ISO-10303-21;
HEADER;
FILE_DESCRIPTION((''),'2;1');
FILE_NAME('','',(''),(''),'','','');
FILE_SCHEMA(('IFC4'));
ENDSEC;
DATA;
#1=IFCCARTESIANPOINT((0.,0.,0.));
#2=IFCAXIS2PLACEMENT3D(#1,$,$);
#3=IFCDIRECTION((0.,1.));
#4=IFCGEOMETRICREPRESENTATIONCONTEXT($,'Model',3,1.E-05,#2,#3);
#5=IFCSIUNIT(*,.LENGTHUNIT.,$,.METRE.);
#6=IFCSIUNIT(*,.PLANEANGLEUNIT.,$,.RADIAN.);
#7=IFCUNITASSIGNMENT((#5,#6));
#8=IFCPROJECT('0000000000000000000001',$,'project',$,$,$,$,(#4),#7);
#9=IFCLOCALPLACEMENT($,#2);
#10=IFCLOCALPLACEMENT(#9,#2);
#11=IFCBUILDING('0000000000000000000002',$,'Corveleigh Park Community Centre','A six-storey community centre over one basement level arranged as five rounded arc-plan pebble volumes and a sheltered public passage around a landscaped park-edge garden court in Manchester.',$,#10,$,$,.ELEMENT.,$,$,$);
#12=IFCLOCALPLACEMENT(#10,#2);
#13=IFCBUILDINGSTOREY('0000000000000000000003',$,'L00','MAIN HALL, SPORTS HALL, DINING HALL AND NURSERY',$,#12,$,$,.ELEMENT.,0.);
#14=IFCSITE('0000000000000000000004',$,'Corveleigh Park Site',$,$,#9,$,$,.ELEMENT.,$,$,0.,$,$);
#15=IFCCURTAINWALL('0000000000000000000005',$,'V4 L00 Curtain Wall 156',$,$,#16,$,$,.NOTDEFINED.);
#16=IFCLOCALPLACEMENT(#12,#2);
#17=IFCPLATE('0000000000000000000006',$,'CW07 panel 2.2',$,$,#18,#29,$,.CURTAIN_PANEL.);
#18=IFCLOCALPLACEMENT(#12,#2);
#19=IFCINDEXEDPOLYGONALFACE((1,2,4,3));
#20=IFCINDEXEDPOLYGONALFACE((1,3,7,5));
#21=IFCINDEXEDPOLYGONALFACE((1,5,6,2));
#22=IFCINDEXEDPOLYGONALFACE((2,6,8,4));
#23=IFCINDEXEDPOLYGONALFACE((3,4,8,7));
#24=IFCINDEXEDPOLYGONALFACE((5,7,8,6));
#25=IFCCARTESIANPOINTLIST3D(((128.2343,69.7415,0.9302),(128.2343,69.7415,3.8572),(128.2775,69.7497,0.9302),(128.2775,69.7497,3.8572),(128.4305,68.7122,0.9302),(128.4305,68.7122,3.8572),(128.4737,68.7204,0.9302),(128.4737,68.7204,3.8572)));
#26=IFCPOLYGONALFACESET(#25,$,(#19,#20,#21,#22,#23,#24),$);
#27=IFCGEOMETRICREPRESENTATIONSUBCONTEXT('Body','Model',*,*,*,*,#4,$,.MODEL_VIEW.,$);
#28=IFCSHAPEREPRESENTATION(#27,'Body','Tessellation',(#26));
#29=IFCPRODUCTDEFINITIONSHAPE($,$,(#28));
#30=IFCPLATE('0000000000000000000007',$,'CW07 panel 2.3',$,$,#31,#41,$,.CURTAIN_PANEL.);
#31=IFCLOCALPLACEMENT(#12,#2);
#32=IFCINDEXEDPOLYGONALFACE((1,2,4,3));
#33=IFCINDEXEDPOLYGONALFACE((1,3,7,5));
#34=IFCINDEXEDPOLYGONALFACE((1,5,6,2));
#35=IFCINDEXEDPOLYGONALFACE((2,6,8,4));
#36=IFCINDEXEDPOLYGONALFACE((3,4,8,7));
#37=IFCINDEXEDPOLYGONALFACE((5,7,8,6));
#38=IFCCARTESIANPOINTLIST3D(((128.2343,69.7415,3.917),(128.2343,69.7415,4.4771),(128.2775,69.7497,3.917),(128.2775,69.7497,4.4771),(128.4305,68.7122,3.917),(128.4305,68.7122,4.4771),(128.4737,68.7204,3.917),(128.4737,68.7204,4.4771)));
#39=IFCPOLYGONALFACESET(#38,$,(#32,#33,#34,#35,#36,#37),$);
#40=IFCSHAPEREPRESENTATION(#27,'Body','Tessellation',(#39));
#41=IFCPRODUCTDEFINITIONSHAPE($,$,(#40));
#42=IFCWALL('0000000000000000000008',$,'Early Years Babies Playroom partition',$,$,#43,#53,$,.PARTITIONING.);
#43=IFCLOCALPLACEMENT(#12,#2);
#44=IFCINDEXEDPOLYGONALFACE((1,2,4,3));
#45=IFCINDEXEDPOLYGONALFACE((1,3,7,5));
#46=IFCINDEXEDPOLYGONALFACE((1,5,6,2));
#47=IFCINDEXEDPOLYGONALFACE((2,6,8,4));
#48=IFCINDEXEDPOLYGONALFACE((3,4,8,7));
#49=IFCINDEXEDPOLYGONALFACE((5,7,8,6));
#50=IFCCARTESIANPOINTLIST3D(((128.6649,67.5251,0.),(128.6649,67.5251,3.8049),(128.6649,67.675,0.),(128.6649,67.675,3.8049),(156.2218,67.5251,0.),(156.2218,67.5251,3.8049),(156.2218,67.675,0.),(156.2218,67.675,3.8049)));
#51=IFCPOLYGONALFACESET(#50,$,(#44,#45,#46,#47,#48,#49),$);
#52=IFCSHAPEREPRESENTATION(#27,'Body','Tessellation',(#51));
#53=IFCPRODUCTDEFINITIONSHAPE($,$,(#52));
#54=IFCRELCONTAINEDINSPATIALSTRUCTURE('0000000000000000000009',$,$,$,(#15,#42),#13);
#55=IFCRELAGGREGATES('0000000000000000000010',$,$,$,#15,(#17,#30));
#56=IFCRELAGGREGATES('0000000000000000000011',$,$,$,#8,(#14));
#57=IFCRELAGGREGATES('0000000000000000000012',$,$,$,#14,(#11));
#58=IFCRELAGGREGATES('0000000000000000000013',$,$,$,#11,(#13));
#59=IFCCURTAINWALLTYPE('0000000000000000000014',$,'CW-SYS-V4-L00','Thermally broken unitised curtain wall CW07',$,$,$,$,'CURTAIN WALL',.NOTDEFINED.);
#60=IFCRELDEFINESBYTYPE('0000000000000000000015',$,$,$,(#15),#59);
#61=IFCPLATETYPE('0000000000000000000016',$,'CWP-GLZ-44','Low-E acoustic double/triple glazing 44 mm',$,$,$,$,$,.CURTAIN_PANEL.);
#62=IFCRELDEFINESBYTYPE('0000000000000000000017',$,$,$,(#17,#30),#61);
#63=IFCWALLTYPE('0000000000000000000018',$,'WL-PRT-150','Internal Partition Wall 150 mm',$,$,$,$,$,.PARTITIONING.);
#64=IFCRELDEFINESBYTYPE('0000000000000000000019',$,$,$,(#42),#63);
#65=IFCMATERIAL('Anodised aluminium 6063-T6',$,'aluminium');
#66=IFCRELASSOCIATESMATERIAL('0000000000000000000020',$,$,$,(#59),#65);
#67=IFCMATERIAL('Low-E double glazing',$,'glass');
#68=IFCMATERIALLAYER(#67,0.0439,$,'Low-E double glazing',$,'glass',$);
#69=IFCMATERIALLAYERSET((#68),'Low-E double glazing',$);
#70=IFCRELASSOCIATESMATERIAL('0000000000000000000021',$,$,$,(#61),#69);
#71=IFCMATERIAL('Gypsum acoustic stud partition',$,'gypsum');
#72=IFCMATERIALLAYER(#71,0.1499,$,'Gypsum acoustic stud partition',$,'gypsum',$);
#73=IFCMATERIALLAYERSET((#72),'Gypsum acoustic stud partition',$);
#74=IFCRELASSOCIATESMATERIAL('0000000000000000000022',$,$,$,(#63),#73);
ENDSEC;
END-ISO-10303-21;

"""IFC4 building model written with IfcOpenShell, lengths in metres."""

from ifc_helpers import new_model, si_unit, direction, frame, frame_2d, origin, origin_2d, place, context, subcontext, project, spatial, rectangle, extrude, material, layer, layer_set, type_object, element, aggregate, save


model = new_model("IFC4")

# Units and contexts
model_context = context("Model", 3, precision=1e-05, world=origin(), true_north=direction((0.0, 1.0)))
body_context = subcontext(model_context, "Body", "Model", "MODEL_VIEW")
ifc_project = project(units=[si_unit("LENGTHUNIT", "METRE"), si_unit("PLANEANGLEUNIT", "RADIAN")], contexts=[model_context])

# Site, building, storey
site_placement = place(None, origin())
site = spatial("IfcSite", under=ifc_project, at=site_placement, Name="Corveleigh Park Site", CompositionType="ELEMENT", RefElevation=0.0)
building_placement = place(site_placement, origin())
building = spatial("IfcBuilding", under=site, at=building_placement, Name="Corveleigh Park Community Centre", Description="A six-storey community centre over one basement level arranged as five rounded arc-plan pebble volumes and a sheltered public passage around a landscaped park-edge garden court in Manchester.", CompositionType="ELEMENT")
storey_placement = place(building_placement, origin())
storey = spatial("IfcBuildingStorey", under=building, at=storey_placement, Name="L00", Description="MAIN HALL, SPORTS HALL, DINING HALL AND NURSERY", CompositionType="ELEMENT", Elevation=0.0)

# Curtain wall
ifc_material_1 = material(Name="Anodised aluminium 6063-T6", Category="aluminium")
curtain_wall_type = type_object("IfcCurtainWallType", Name="CW-SYS-V4-L00", Description="Thermally broken unitised curtain wall CW07", ElementType="CURTAIN WALL", PredefinedType="NOTDEFINED", material=ifc_material_1)
curtain_wall_1_placement = place(storey_placement, origin())
curtain_wall_1 = element("IfcCurtainWall", 1, at=curtain_wall_1_placement, inside=storey, type_object=curtain_wall_type, Name="V4 L00 Curtain Wall 156", PredefinedType="NOTDEFINED")

# Plates
ifc_material_2 = material(Name="Low-E double glazing", Category="glass")
ifc_layer_1 = layer(ifc_material_2, 0.0439, Name="Low-E double glazing", Category="glass")
ifc_layer_set_1 = layer_set([ifc_layer_1], Name="Low-E double glazing")
plate_type = type_object("IfcPlateType", Name="CWP-GLZ-44", Description="Low-E acoustic double/triple glazing 44 mm", PredefinedType="CURTAIN_PANEL", material=ifc_layer_set_1)
plate_1_placement = place(storey_placement, frame((128.354, 69.231, 0.9302), z_axis=(0.0, 0.0, 1.0), x_axis=(-0.18719, 0.982324, 0.0)))
plate_1 = element("IfcPlate", 2, at=plate_1_placement, type_object=plate_type, Name="CW07 panel 2.2", PredefinedType="CURTAIN_PANEL", context=body_context, shape_type="SweptSolid", body=[
    extrude(rectangle(XDim=1.0479, YDim=0.0439, at=origin_2d()), origin(), (0.0, 0.0, 1.0), 2.927),
])
plate_2_placement = place(storey_placement, frame((128.354, 69.231, 3.917), z_axis=(0.0, 0.0, 1.0), x_axis=(-0.18719, 0.982324, 0.0)))
plate_2 = element("IfcPlate", 3, at=plate_2_placement, type_object=plate_type, Name="CW07 panel 2.3", PredefinedType="CURTAIN_PANEL", context=body_context, shape_type="SweptSolid", body=[
    extrude(rectangle(XDim=1.0479, YDim=0.0439, at=origin_2d()), origin(), (0.0, 0.0, 1.0), 0.5601),
])
aggregate(curtain_wall_1, [plate_1, plate_2])

# Wall
ifc_material_3 = material(Name="Gypsum acoustic stud partition", Category="gypsum")
ifc_layer_2 = layer(ifc_material_3, 0.1499, Name="Gypsum acoustic stud partition", Category="gypsum")
ifc_layer_set_2 = layer_set([ifc_layer_2], Name="Gypsum acoustic stud partition")
wall_type = type_object("IfcWallType", Name="WL-PRT-150", Description="Internal Partition Wall 150 mm", PredefinedType="PARTITIONING", material=ifc_layer_set_2)
wall_placement = place(storey_placement, frame((128.665, 67.6001, 0.0), z_axis=(0.0, 0.0, 1.0), x_axis=(1.0, 0.0, 0.0)))
element("IfcWall", 4, at=wall_placement, inside=storey, type_object=wall_type, Name="Early Years Babies Playroom partition", PredefinedType="PARTITIONING", context=body_context, shape_type="SweptSolid", body=[
    extrude(rectangle(XDim=27.5569, YDim=0.1499, at=frame_2d((13.7783, 0.0))), origin(), (0.0, 0.0, 1.0), 3.8049),
])

save(model, "model.ifc")
